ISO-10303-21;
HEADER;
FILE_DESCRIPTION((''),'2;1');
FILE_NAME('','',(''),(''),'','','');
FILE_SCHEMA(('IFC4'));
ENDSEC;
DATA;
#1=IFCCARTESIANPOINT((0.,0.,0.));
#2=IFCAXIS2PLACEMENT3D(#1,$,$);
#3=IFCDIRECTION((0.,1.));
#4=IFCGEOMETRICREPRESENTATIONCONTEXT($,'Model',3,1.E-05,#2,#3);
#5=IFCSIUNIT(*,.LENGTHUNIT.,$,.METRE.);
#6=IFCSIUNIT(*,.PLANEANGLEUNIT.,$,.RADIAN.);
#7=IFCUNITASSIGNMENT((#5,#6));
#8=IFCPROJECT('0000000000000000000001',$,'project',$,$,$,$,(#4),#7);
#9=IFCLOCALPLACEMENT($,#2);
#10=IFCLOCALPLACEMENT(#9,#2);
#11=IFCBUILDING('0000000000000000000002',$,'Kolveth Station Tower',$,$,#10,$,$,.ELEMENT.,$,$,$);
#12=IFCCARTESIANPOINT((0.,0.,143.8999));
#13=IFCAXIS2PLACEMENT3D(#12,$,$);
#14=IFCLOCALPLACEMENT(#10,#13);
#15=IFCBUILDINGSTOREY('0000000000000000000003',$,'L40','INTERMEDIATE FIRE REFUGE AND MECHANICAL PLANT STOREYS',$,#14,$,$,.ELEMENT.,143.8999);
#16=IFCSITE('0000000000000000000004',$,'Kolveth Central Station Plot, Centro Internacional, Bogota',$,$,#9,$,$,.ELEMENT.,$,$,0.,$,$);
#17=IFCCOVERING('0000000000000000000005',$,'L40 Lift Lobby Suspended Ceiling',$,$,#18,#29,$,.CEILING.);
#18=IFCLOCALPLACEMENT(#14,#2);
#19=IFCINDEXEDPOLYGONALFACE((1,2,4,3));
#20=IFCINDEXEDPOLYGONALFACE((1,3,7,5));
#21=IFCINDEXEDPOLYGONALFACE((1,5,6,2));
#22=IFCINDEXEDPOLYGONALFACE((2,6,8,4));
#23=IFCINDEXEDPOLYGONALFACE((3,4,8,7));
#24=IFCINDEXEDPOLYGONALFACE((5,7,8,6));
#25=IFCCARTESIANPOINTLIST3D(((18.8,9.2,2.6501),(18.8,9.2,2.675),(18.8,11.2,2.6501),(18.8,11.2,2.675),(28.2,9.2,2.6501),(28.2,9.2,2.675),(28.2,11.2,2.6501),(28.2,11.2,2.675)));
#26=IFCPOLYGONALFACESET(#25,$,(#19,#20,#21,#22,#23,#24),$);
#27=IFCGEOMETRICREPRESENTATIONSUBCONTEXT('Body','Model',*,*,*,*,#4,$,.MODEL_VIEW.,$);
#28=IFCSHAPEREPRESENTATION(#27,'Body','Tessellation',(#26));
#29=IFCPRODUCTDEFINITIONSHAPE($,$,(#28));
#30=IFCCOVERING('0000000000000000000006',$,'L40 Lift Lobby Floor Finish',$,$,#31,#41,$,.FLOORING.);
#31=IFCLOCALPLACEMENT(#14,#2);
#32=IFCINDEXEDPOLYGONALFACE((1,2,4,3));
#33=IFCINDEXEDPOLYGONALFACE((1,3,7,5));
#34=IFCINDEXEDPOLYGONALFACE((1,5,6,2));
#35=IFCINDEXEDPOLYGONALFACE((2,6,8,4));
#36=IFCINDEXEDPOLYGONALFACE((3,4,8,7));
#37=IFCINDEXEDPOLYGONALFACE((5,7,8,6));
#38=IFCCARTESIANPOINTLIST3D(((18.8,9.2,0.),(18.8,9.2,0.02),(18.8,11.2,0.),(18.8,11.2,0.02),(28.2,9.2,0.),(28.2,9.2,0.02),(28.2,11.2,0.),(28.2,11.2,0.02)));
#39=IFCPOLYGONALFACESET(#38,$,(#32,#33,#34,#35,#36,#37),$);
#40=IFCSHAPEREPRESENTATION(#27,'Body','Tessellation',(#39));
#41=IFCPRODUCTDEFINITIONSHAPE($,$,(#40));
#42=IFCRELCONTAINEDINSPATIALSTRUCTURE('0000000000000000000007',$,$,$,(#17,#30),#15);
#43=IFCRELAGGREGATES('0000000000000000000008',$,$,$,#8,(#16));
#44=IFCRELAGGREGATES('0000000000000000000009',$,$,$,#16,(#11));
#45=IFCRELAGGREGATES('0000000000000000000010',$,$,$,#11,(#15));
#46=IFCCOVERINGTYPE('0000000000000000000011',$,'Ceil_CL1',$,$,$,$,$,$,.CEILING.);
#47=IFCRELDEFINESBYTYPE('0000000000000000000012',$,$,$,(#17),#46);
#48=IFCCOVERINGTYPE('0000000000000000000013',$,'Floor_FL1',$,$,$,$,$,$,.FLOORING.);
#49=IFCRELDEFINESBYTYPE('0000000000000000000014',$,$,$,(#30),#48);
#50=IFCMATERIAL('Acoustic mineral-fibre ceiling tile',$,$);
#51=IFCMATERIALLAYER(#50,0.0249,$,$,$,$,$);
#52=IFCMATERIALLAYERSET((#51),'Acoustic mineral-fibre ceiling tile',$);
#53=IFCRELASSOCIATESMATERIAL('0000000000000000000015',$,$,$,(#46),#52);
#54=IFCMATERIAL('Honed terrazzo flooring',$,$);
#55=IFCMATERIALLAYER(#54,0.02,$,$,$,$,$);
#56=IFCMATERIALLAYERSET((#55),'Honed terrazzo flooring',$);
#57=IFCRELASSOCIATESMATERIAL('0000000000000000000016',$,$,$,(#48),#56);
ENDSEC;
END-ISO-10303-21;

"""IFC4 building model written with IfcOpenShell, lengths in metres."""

from ifc_helpers import new_model, si_unit, direction, frame, origin, place, context, subcontext, project, spatial, polyline, outline, extrude, material, layer, layer_set, type_object, element, save


model = new_model("IFC4")

# Units and contexts
model_context = context("Model", 3, precision=1e-05, world=origin(), true_north=direction((0.0, 1.0)))
body_context = subcontext(model_context, "Body", "Model", "MODEL_VIEW")
ifc_project = project(units=[si_unit("LENGTHUNIT", "METRE"), si_unit("PLANEANGLEUNIT", "RADIAN")], contexts=[model_context])

# Site, building, storey
site_placement = place(None, origin())
site = spatial("IfcSite", under=ifc_project, at=site_placement, Name="Kolveth Central Station Plot, Centro Internacional, Bogota", CompositionType="ELEMENT", RefElevation=0.0)
building_placement = place(site_placement, origin())
building = spatial("IfcBuilding", under=site, at=building_placement, Name="Kolveth Station Tower", CompositionType="ELEMENT")
storey_placement = place(building_placement, frame((0.0, 0.0, 143.8999)))
storey = spatial("IfcBuildingStorey", under=building, at=storey_placement, Name="L40", Description="INTERMEDIATE FIRE REFUGE AND MECHANICAL PLANT STOREYS", CompositionType="ELEMENT", Elevation=143.8999)

# Coverings
ifc_material_1 = material(Name="Acoustic mineral-fibre ceiling tile")
ifc_layer_1 = layer(ifc_material_1, 0.0249)
ifc_layer_set_1 = layer_set([ifc_layer_1], Name="Acoustic mineral-fibre ceiling tile")
covering_type_1 = type_object("IfcCoveringType", Name="Ceil_CL1", PredefinedType="CEILING", material=ifc_layer_set_1)
covering_1_placement = place(storey_placement, frame((0.0, 0.0, 2.6501)))
element("IfcCovering", 1, at=covering_1_placement, inside=storey, type_object=covering_type_1, Name="L40 Lift Lobby Suspended Ceiling", PredefinedType="CEILING", context=body_context, shape_type="SweptSolid", body=[
    extrude(outline(polyline([(18.8, 9.2), (28.2, 9.2), (28.2, 11.2), (18.8, 11.2), (18.8, 9.2)])), origin(), (0.0, 0.0, 1.0), 0.0249),
])
ifc_material_2 = material(Name="Honed terrazzo flooring")
ifc_layer_2 = layer(ifc_material_2, 0.02)
ifc_layer_set_2 = layer_set([ifc_layer_2], Name="Honed terrazzo flooring")
covering_type_2 = type_object("IfcCoveringType", Name="Floor_FL1", PredefinedType="FLOORING", material=ifc_layer_set_2)
covering_2_placement = place(storey_placement, origin())
element("IfcCovering", 2, at=covering_2_placement, inside=storey, type_object=covering_type_2, Name="L40 Lift Lobby Floor Finish", PredefinedType="FLOORING", context=body_context, shape_type="SweptSolid", body=[
    extrude(outline(polyline([(18.8, 9.2), (28.2, 9.2), (28.2, 11.2), (18.8, 11.2), (18.8, 9.2)])), origin(), (0.0, 0.0, 1.0), 0.02),
])

save(model, "model.ifc")
